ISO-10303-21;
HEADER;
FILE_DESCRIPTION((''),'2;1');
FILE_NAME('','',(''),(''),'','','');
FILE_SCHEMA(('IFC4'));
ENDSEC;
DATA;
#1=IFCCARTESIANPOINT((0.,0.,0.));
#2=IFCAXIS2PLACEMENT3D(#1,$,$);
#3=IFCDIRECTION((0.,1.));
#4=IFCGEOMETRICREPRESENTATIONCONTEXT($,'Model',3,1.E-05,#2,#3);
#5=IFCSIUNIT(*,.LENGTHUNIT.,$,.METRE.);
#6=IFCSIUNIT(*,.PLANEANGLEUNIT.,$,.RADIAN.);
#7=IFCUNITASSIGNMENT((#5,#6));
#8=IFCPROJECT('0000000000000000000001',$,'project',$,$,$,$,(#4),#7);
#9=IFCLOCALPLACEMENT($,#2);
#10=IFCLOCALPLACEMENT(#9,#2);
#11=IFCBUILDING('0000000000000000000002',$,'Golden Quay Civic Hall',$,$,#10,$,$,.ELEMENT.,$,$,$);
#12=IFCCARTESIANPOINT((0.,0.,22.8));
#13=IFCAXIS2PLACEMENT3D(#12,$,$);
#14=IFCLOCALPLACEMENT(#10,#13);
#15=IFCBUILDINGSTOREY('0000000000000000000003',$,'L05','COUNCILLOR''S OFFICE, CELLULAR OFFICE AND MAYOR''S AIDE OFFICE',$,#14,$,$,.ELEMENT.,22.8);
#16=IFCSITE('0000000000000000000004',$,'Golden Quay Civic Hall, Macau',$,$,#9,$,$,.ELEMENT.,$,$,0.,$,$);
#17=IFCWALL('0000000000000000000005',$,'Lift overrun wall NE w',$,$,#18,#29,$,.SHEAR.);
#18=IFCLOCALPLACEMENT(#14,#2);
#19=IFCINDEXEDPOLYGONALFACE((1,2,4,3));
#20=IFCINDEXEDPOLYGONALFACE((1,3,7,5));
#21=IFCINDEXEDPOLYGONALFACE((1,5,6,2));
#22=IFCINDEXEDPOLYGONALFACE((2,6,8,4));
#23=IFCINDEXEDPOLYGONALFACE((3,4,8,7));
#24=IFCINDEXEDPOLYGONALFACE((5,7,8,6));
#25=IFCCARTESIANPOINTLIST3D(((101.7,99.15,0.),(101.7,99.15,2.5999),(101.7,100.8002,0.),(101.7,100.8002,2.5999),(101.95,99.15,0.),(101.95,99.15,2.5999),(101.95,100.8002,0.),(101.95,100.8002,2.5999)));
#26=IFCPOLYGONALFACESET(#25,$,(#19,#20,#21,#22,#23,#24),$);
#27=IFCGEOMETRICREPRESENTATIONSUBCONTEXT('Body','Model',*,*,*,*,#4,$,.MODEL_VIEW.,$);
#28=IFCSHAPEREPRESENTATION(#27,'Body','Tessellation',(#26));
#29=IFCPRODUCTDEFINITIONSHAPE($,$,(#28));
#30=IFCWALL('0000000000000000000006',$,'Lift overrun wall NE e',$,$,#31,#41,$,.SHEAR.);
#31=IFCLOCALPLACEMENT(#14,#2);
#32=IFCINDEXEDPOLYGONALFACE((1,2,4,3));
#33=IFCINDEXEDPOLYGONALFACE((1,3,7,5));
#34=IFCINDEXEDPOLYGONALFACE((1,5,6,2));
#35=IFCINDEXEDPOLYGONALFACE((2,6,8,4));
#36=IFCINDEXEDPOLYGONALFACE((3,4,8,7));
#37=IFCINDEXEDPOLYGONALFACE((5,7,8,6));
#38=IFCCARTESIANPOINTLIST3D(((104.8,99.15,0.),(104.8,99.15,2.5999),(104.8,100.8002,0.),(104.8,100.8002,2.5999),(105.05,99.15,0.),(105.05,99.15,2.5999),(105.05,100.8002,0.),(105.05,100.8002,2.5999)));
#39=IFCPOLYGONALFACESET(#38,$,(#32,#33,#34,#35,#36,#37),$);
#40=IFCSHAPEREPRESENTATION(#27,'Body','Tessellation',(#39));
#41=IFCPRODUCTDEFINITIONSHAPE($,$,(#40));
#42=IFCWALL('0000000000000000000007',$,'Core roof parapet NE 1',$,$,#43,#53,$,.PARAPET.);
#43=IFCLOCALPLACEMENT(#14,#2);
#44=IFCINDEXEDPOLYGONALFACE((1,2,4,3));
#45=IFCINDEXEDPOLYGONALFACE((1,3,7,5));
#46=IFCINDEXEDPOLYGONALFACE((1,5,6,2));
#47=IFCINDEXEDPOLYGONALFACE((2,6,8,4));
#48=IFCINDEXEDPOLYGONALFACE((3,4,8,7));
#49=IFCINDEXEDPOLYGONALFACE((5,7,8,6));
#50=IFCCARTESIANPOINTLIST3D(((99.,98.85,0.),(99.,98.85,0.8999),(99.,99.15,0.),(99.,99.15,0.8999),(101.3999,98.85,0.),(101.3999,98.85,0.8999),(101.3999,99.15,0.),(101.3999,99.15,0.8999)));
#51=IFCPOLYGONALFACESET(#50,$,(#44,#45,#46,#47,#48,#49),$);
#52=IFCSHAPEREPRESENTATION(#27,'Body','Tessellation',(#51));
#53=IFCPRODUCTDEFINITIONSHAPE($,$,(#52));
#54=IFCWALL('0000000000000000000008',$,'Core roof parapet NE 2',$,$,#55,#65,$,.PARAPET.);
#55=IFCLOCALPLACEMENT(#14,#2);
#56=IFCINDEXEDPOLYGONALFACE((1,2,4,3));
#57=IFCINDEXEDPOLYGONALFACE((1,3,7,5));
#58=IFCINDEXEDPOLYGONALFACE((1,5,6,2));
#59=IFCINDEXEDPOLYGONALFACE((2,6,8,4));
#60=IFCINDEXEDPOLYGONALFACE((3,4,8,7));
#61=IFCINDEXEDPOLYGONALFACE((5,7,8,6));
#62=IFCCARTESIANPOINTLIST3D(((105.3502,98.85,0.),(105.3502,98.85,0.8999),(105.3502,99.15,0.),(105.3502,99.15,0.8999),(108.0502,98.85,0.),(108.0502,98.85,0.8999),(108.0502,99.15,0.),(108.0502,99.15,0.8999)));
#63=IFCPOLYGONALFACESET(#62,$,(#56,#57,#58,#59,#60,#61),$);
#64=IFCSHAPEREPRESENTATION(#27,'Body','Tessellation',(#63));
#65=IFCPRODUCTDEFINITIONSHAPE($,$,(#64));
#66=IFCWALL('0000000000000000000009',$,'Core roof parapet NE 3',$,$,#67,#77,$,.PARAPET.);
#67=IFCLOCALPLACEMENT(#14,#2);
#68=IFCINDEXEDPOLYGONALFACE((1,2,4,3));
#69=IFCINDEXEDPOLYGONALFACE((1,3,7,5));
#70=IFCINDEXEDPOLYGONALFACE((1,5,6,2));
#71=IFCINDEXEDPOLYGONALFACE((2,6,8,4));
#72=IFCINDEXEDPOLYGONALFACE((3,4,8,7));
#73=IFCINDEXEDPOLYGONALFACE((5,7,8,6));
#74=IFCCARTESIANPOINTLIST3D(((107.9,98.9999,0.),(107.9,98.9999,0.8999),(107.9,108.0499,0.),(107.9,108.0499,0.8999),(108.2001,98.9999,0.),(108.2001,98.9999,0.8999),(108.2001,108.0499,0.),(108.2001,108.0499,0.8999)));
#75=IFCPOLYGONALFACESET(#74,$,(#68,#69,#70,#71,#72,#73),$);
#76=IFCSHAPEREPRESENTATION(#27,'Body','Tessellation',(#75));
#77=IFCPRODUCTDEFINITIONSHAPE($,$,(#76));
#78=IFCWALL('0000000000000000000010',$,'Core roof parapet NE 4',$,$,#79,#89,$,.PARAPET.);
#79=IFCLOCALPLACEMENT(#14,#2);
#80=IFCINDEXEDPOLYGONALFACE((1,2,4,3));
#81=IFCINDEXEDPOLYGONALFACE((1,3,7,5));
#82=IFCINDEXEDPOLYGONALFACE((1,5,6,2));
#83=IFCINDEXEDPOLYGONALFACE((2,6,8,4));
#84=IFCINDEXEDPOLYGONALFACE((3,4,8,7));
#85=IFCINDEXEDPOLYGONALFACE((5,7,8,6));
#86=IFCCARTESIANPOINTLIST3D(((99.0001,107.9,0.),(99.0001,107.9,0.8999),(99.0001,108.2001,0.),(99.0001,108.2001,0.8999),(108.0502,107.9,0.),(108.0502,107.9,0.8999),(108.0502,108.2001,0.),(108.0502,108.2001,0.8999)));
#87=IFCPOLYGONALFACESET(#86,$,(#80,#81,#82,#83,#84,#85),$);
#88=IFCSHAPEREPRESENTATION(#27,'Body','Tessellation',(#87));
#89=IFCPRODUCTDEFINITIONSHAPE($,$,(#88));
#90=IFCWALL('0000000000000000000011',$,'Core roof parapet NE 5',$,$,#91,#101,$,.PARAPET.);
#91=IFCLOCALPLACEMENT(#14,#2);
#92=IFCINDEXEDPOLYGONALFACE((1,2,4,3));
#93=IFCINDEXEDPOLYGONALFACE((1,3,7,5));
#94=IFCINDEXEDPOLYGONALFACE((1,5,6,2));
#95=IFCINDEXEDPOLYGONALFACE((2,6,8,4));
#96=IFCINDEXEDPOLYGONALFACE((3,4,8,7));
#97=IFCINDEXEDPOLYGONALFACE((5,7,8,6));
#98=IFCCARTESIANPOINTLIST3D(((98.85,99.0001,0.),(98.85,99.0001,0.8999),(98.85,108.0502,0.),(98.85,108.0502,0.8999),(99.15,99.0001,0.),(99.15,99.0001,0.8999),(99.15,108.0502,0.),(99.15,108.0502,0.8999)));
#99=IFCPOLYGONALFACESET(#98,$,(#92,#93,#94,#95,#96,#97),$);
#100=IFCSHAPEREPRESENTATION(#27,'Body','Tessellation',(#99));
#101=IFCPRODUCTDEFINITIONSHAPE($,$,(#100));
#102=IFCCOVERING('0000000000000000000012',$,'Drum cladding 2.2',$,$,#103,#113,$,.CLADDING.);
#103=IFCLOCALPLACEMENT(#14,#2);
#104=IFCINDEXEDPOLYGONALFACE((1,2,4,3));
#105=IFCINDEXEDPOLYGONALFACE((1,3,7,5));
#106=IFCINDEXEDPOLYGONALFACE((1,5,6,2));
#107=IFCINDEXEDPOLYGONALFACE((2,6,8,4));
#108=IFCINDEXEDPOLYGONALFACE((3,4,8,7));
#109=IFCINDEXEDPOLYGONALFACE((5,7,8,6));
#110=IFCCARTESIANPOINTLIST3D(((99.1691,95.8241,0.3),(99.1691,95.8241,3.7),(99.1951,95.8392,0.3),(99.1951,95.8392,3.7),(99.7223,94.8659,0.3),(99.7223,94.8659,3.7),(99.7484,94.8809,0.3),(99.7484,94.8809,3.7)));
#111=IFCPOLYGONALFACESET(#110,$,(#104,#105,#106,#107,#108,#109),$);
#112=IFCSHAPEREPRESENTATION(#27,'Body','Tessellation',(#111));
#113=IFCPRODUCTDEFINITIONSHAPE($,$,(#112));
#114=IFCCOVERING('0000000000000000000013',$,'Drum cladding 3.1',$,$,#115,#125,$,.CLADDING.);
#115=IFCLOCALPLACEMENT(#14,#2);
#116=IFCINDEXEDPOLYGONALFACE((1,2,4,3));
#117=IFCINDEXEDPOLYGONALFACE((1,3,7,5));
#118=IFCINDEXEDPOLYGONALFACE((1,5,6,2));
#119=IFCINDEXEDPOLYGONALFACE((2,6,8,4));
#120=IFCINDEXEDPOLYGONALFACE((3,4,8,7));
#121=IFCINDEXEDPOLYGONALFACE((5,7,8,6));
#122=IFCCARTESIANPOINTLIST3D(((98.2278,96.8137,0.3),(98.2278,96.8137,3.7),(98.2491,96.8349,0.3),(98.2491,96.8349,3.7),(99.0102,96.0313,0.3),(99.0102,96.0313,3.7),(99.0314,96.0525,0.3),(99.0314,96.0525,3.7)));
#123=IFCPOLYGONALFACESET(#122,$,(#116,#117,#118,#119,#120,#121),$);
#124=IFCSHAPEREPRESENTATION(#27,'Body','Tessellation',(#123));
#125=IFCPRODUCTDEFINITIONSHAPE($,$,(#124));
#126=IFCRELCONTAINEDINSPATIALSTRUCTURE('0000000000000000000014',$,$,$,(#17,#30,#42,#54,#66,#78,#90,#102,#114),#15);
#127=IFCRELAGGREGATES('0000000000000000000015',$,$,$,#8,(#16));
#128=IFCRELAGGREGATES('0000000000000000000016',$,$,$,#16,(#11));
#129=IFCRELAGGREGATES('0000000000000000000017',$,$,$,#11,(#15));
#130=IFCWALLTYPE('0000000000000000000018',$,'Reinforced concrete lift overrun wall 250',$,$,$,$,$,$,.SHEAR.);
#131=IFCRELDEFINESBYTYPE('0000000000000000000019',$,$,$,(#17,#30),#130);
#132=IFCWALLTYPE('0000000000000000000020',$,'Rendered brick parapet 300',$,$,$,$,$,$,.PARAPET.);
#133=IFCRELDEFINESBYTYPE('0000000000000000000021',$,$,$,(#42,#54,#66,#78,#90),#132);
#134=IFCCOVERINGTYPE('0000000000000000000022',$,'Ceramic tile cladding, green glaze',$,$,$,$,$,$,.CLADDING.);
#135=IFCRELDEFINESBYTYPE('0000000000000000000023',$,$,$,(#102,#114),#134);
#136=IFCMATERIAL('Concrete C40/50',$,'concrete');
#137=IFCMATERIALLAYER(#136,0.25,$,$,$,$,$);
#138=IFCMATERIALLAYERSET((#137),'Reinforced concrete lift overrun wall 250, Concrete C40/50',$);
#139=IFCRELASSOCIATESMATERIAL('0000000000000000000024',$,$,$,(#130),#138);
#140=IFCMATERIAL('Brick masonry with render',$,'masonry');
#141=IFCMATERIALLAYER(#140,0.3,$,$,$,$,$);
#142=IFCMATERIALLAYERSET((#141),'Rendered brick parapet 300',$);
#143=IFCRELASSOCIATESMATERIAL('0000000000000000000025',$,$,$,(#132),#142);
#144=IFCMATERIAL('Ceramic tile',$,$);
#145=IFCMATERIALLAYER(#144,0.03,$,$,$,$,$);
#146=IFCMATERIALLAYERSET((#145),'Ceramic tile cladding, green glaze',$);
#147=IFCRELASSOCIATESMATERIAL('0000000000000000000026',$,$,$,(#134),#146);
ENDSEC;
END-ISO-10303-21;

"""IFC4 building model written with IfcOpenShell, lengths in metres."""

from ifc_helpers import new_model, si_unit, direction, frame, frame_2d, origin, origin_2d, place, context, subcontext, project, spatial, rectangle, extrude, material, layer, layer_set, type_object, element, save


model = new_model("IFC4")

# Units and contexts
model_context = context("Model", 3, precision=1e-05, world=origin(), true_north=direction((0.0, 1.0)))
body_context = subcontext(model_context, "Body", "Model", "MODEL_VIEW")
ifc_project = project(units=[si_unit("LENGTHUNIT", "METRE"), si_unit("PLANEANGLEUNIT", "RADIAN")], contexts=[model_context])

# Site, building, storey
site_placement = place(None, origin())
site = spatial("IfcSite", under=ifc_project, at=site_placement, Name="Golden Quay Civic Hall, Macau", CompositionType="ELEMENT", RefElevation=0.0)
building_placement = place(site_placement, origin())
building = spatial("IfcBuilding", under=site, at=building_placement, Name="Golden Quay Civic Hall", CompositionType="ELEMENT")
storey_placement = place(building_placement, frame((0.0, 0.0, 22.8)))
storey = spatial("IfcBuildingStorey", under=building, at=storey_placement, Name="L05", Description="COUNCILLOR'S OFFICE, CELLULAR OFFICE AND MAYOR'S AIDE OFFICE", CompositionType="ELEMENT", Elevation=22.8)

# Walls
ifc_material_1 = material(Name="Concrete C40/50", Category="concrete")
ifc_layer_1 = layer(ifc_material_1, 0.25)
ifc_layer_set_1 = layer_set([ifc_layer_1], Name="Reinforced concrete lift overrun wall 250, Concrete C40/50")
wall_type_1 = type_object("IfcWallType", Name="Reinforced concrete lift overrun wall 250", PredefinedType="SHEAR", material=ifc_layer_set_1)
for number, where, z_axis, x_axis, name in (
    (1, (101.825, 99.1499, 0.0), (0.0, 0.0, 1.0), (0.0, 1.0, 0.0), "Lift overrun wall NE w"),
    (2, (104.925, 99.1499, 0.0), (0.0, 0.0, 1.0), (0.0, 1.0, 0.0), "Lift overrun wall NE e"),
):
    element("IfcWall", number, at=place(storey_placement, frame(where, z_axis=z_axis, x_axis=x_axis)), inside=storey, type_object=wall_type_1, Name=name, PredefinedType="SHEAR", context=body_context, shape_type="SweptSolid", body=[
        extrude(rectangle(XDim=1.6501, YDim=0.25, at=frame_2d((0.8252, 0.0))), origin(), (0.0, 0.0, 1.0), 2.5999),
    ])
ifc_material_2 = material(Name="Brick masonry with render", Category="masonry")
ifc_layer_2 = layer(ifc_material_2, 0.3)
ifc_layer_set_2 = layer_set([ifc_layer_2], Name="Rendered brick parapet 300")
wall_type_2 = type_object("IfcWallType", Name="Rendered brick parapet 300", PredefinedType="PARAPET", material=ifc_layer_set_2)
wall_1_placement = place(storey_placement, frame((99.0, 99.0, 0.0), z_axis=(0.0, 0.0, 1.0), x_axis=(1.0, 0.0, 0.0)))
element("IfcWall", 3, at=wall_1_placement, inside=storey, type_object=wall_type_2, Name="Core roof parapet NE 1", PredefinedType="PARAPET", context=body_context, shape_type="SweptSolid", body=[
    extrude(rectangle(XDim=2.3999, YDim=0.3, at=frame_2d((1.2, 0.0))), origin(), (0.0, 0.0, 1.0), 0.8999),
])
wall_2_placement = place(storey_placement, frame((105.3501, 99.0, 0.0), z_axis=(0.0, 0.0, 1.0), x_axis=(1.0, 0.0, 0.0)))
element("IfcWall", 4, at=wall_2_placement, inside=storey, type_object=wall_type_2, Name="Core roof parapet NE 2", PredefinedType="PARAPET", context=body_context, shape_type="SweptSolid", body=[
    extrude(rectangle(XDim=2.7, YDim=0.3, at=frame_2d((1.3501, 0.0))), origin(), (0.0, 0.0, 1.0), 0.8999),
])
for number, where, z_axis, x_axis, name in (
    (5, (108.05, 99.0, 0.0), (0.0, 0.0, 1.0), (0.0, 1.0, 0.0), "Core roof parapet NE 3"),
    (6, (108.05, 108.05, 0.0), (0.0, 0.0, 1.0), (-1.0, 0.0, 0.0), "Core roof parapet NE 4"),
    (7, (99.0, 108.05, 0.0), (0.0, 0.0, 1.0), (0.0, -1.0, 0.0), "Core roof parapet NE 5"),
):
    element("IfcWall", number, at=place(storey_placement, frame(where, z_axis=z_axis, x_axis=x_axis)), inside=storey, type_object=wall_type_2, Name=name, PredefinedType="PARAPET", context=body_context, shape_type="SweptSolid", body=[
        extrude(rectangle(XDim=9.05, YDim=0.3, at=frame_2d((4.5249, 0.0))), origin(), (0.0, 0.0, 1.0), 0.8999),
    ])

# Coverings
ifc_material_3 = material(Name="Ceramic tile")
ifc_layer_3 = layer(ifc_material_3, 0.03)
ifc_layer_set_3 = layer_set([ifc_layer_3], Name="Ceramic tile cladding, green glaze")
covering_type = type_object("IfcCoveringType", Name="Ceramic tile cladding, green glaze", PredefinedType="CLADDING", material=ifc_layer_set_3)
for number, where, z_axis, x_axis, name in (
    (8, (99.4587, 95.3525, 0.3), (0.0, 0.0, 1.0), (-0.5, 0.866025, 0.0), "Drum cladding 2.2"),
    (9, (98.6296, 96.4331, 0.3), (0.0, 0.0, 1.0), (-0.707107, 0.707107, 0.0), "Drum cladding 3.1"),
):
    element("IfcCovering", number, at=place(storey_placement, frame(where, z_axis=z_axis, x_axis=x_axis)), inside=storey, type_object=covering_type, Name=name, PredefinedType="CLADDING", context=body_context, shape_type="SweptSolid", body=[
        extrude(rectangle(XDim=1.1064, YDim=0.03, at=origin_2d()), origin(), (0.0, 0.0, 1.0), 3.3999),
    ])

save(model, "model.ifc")
